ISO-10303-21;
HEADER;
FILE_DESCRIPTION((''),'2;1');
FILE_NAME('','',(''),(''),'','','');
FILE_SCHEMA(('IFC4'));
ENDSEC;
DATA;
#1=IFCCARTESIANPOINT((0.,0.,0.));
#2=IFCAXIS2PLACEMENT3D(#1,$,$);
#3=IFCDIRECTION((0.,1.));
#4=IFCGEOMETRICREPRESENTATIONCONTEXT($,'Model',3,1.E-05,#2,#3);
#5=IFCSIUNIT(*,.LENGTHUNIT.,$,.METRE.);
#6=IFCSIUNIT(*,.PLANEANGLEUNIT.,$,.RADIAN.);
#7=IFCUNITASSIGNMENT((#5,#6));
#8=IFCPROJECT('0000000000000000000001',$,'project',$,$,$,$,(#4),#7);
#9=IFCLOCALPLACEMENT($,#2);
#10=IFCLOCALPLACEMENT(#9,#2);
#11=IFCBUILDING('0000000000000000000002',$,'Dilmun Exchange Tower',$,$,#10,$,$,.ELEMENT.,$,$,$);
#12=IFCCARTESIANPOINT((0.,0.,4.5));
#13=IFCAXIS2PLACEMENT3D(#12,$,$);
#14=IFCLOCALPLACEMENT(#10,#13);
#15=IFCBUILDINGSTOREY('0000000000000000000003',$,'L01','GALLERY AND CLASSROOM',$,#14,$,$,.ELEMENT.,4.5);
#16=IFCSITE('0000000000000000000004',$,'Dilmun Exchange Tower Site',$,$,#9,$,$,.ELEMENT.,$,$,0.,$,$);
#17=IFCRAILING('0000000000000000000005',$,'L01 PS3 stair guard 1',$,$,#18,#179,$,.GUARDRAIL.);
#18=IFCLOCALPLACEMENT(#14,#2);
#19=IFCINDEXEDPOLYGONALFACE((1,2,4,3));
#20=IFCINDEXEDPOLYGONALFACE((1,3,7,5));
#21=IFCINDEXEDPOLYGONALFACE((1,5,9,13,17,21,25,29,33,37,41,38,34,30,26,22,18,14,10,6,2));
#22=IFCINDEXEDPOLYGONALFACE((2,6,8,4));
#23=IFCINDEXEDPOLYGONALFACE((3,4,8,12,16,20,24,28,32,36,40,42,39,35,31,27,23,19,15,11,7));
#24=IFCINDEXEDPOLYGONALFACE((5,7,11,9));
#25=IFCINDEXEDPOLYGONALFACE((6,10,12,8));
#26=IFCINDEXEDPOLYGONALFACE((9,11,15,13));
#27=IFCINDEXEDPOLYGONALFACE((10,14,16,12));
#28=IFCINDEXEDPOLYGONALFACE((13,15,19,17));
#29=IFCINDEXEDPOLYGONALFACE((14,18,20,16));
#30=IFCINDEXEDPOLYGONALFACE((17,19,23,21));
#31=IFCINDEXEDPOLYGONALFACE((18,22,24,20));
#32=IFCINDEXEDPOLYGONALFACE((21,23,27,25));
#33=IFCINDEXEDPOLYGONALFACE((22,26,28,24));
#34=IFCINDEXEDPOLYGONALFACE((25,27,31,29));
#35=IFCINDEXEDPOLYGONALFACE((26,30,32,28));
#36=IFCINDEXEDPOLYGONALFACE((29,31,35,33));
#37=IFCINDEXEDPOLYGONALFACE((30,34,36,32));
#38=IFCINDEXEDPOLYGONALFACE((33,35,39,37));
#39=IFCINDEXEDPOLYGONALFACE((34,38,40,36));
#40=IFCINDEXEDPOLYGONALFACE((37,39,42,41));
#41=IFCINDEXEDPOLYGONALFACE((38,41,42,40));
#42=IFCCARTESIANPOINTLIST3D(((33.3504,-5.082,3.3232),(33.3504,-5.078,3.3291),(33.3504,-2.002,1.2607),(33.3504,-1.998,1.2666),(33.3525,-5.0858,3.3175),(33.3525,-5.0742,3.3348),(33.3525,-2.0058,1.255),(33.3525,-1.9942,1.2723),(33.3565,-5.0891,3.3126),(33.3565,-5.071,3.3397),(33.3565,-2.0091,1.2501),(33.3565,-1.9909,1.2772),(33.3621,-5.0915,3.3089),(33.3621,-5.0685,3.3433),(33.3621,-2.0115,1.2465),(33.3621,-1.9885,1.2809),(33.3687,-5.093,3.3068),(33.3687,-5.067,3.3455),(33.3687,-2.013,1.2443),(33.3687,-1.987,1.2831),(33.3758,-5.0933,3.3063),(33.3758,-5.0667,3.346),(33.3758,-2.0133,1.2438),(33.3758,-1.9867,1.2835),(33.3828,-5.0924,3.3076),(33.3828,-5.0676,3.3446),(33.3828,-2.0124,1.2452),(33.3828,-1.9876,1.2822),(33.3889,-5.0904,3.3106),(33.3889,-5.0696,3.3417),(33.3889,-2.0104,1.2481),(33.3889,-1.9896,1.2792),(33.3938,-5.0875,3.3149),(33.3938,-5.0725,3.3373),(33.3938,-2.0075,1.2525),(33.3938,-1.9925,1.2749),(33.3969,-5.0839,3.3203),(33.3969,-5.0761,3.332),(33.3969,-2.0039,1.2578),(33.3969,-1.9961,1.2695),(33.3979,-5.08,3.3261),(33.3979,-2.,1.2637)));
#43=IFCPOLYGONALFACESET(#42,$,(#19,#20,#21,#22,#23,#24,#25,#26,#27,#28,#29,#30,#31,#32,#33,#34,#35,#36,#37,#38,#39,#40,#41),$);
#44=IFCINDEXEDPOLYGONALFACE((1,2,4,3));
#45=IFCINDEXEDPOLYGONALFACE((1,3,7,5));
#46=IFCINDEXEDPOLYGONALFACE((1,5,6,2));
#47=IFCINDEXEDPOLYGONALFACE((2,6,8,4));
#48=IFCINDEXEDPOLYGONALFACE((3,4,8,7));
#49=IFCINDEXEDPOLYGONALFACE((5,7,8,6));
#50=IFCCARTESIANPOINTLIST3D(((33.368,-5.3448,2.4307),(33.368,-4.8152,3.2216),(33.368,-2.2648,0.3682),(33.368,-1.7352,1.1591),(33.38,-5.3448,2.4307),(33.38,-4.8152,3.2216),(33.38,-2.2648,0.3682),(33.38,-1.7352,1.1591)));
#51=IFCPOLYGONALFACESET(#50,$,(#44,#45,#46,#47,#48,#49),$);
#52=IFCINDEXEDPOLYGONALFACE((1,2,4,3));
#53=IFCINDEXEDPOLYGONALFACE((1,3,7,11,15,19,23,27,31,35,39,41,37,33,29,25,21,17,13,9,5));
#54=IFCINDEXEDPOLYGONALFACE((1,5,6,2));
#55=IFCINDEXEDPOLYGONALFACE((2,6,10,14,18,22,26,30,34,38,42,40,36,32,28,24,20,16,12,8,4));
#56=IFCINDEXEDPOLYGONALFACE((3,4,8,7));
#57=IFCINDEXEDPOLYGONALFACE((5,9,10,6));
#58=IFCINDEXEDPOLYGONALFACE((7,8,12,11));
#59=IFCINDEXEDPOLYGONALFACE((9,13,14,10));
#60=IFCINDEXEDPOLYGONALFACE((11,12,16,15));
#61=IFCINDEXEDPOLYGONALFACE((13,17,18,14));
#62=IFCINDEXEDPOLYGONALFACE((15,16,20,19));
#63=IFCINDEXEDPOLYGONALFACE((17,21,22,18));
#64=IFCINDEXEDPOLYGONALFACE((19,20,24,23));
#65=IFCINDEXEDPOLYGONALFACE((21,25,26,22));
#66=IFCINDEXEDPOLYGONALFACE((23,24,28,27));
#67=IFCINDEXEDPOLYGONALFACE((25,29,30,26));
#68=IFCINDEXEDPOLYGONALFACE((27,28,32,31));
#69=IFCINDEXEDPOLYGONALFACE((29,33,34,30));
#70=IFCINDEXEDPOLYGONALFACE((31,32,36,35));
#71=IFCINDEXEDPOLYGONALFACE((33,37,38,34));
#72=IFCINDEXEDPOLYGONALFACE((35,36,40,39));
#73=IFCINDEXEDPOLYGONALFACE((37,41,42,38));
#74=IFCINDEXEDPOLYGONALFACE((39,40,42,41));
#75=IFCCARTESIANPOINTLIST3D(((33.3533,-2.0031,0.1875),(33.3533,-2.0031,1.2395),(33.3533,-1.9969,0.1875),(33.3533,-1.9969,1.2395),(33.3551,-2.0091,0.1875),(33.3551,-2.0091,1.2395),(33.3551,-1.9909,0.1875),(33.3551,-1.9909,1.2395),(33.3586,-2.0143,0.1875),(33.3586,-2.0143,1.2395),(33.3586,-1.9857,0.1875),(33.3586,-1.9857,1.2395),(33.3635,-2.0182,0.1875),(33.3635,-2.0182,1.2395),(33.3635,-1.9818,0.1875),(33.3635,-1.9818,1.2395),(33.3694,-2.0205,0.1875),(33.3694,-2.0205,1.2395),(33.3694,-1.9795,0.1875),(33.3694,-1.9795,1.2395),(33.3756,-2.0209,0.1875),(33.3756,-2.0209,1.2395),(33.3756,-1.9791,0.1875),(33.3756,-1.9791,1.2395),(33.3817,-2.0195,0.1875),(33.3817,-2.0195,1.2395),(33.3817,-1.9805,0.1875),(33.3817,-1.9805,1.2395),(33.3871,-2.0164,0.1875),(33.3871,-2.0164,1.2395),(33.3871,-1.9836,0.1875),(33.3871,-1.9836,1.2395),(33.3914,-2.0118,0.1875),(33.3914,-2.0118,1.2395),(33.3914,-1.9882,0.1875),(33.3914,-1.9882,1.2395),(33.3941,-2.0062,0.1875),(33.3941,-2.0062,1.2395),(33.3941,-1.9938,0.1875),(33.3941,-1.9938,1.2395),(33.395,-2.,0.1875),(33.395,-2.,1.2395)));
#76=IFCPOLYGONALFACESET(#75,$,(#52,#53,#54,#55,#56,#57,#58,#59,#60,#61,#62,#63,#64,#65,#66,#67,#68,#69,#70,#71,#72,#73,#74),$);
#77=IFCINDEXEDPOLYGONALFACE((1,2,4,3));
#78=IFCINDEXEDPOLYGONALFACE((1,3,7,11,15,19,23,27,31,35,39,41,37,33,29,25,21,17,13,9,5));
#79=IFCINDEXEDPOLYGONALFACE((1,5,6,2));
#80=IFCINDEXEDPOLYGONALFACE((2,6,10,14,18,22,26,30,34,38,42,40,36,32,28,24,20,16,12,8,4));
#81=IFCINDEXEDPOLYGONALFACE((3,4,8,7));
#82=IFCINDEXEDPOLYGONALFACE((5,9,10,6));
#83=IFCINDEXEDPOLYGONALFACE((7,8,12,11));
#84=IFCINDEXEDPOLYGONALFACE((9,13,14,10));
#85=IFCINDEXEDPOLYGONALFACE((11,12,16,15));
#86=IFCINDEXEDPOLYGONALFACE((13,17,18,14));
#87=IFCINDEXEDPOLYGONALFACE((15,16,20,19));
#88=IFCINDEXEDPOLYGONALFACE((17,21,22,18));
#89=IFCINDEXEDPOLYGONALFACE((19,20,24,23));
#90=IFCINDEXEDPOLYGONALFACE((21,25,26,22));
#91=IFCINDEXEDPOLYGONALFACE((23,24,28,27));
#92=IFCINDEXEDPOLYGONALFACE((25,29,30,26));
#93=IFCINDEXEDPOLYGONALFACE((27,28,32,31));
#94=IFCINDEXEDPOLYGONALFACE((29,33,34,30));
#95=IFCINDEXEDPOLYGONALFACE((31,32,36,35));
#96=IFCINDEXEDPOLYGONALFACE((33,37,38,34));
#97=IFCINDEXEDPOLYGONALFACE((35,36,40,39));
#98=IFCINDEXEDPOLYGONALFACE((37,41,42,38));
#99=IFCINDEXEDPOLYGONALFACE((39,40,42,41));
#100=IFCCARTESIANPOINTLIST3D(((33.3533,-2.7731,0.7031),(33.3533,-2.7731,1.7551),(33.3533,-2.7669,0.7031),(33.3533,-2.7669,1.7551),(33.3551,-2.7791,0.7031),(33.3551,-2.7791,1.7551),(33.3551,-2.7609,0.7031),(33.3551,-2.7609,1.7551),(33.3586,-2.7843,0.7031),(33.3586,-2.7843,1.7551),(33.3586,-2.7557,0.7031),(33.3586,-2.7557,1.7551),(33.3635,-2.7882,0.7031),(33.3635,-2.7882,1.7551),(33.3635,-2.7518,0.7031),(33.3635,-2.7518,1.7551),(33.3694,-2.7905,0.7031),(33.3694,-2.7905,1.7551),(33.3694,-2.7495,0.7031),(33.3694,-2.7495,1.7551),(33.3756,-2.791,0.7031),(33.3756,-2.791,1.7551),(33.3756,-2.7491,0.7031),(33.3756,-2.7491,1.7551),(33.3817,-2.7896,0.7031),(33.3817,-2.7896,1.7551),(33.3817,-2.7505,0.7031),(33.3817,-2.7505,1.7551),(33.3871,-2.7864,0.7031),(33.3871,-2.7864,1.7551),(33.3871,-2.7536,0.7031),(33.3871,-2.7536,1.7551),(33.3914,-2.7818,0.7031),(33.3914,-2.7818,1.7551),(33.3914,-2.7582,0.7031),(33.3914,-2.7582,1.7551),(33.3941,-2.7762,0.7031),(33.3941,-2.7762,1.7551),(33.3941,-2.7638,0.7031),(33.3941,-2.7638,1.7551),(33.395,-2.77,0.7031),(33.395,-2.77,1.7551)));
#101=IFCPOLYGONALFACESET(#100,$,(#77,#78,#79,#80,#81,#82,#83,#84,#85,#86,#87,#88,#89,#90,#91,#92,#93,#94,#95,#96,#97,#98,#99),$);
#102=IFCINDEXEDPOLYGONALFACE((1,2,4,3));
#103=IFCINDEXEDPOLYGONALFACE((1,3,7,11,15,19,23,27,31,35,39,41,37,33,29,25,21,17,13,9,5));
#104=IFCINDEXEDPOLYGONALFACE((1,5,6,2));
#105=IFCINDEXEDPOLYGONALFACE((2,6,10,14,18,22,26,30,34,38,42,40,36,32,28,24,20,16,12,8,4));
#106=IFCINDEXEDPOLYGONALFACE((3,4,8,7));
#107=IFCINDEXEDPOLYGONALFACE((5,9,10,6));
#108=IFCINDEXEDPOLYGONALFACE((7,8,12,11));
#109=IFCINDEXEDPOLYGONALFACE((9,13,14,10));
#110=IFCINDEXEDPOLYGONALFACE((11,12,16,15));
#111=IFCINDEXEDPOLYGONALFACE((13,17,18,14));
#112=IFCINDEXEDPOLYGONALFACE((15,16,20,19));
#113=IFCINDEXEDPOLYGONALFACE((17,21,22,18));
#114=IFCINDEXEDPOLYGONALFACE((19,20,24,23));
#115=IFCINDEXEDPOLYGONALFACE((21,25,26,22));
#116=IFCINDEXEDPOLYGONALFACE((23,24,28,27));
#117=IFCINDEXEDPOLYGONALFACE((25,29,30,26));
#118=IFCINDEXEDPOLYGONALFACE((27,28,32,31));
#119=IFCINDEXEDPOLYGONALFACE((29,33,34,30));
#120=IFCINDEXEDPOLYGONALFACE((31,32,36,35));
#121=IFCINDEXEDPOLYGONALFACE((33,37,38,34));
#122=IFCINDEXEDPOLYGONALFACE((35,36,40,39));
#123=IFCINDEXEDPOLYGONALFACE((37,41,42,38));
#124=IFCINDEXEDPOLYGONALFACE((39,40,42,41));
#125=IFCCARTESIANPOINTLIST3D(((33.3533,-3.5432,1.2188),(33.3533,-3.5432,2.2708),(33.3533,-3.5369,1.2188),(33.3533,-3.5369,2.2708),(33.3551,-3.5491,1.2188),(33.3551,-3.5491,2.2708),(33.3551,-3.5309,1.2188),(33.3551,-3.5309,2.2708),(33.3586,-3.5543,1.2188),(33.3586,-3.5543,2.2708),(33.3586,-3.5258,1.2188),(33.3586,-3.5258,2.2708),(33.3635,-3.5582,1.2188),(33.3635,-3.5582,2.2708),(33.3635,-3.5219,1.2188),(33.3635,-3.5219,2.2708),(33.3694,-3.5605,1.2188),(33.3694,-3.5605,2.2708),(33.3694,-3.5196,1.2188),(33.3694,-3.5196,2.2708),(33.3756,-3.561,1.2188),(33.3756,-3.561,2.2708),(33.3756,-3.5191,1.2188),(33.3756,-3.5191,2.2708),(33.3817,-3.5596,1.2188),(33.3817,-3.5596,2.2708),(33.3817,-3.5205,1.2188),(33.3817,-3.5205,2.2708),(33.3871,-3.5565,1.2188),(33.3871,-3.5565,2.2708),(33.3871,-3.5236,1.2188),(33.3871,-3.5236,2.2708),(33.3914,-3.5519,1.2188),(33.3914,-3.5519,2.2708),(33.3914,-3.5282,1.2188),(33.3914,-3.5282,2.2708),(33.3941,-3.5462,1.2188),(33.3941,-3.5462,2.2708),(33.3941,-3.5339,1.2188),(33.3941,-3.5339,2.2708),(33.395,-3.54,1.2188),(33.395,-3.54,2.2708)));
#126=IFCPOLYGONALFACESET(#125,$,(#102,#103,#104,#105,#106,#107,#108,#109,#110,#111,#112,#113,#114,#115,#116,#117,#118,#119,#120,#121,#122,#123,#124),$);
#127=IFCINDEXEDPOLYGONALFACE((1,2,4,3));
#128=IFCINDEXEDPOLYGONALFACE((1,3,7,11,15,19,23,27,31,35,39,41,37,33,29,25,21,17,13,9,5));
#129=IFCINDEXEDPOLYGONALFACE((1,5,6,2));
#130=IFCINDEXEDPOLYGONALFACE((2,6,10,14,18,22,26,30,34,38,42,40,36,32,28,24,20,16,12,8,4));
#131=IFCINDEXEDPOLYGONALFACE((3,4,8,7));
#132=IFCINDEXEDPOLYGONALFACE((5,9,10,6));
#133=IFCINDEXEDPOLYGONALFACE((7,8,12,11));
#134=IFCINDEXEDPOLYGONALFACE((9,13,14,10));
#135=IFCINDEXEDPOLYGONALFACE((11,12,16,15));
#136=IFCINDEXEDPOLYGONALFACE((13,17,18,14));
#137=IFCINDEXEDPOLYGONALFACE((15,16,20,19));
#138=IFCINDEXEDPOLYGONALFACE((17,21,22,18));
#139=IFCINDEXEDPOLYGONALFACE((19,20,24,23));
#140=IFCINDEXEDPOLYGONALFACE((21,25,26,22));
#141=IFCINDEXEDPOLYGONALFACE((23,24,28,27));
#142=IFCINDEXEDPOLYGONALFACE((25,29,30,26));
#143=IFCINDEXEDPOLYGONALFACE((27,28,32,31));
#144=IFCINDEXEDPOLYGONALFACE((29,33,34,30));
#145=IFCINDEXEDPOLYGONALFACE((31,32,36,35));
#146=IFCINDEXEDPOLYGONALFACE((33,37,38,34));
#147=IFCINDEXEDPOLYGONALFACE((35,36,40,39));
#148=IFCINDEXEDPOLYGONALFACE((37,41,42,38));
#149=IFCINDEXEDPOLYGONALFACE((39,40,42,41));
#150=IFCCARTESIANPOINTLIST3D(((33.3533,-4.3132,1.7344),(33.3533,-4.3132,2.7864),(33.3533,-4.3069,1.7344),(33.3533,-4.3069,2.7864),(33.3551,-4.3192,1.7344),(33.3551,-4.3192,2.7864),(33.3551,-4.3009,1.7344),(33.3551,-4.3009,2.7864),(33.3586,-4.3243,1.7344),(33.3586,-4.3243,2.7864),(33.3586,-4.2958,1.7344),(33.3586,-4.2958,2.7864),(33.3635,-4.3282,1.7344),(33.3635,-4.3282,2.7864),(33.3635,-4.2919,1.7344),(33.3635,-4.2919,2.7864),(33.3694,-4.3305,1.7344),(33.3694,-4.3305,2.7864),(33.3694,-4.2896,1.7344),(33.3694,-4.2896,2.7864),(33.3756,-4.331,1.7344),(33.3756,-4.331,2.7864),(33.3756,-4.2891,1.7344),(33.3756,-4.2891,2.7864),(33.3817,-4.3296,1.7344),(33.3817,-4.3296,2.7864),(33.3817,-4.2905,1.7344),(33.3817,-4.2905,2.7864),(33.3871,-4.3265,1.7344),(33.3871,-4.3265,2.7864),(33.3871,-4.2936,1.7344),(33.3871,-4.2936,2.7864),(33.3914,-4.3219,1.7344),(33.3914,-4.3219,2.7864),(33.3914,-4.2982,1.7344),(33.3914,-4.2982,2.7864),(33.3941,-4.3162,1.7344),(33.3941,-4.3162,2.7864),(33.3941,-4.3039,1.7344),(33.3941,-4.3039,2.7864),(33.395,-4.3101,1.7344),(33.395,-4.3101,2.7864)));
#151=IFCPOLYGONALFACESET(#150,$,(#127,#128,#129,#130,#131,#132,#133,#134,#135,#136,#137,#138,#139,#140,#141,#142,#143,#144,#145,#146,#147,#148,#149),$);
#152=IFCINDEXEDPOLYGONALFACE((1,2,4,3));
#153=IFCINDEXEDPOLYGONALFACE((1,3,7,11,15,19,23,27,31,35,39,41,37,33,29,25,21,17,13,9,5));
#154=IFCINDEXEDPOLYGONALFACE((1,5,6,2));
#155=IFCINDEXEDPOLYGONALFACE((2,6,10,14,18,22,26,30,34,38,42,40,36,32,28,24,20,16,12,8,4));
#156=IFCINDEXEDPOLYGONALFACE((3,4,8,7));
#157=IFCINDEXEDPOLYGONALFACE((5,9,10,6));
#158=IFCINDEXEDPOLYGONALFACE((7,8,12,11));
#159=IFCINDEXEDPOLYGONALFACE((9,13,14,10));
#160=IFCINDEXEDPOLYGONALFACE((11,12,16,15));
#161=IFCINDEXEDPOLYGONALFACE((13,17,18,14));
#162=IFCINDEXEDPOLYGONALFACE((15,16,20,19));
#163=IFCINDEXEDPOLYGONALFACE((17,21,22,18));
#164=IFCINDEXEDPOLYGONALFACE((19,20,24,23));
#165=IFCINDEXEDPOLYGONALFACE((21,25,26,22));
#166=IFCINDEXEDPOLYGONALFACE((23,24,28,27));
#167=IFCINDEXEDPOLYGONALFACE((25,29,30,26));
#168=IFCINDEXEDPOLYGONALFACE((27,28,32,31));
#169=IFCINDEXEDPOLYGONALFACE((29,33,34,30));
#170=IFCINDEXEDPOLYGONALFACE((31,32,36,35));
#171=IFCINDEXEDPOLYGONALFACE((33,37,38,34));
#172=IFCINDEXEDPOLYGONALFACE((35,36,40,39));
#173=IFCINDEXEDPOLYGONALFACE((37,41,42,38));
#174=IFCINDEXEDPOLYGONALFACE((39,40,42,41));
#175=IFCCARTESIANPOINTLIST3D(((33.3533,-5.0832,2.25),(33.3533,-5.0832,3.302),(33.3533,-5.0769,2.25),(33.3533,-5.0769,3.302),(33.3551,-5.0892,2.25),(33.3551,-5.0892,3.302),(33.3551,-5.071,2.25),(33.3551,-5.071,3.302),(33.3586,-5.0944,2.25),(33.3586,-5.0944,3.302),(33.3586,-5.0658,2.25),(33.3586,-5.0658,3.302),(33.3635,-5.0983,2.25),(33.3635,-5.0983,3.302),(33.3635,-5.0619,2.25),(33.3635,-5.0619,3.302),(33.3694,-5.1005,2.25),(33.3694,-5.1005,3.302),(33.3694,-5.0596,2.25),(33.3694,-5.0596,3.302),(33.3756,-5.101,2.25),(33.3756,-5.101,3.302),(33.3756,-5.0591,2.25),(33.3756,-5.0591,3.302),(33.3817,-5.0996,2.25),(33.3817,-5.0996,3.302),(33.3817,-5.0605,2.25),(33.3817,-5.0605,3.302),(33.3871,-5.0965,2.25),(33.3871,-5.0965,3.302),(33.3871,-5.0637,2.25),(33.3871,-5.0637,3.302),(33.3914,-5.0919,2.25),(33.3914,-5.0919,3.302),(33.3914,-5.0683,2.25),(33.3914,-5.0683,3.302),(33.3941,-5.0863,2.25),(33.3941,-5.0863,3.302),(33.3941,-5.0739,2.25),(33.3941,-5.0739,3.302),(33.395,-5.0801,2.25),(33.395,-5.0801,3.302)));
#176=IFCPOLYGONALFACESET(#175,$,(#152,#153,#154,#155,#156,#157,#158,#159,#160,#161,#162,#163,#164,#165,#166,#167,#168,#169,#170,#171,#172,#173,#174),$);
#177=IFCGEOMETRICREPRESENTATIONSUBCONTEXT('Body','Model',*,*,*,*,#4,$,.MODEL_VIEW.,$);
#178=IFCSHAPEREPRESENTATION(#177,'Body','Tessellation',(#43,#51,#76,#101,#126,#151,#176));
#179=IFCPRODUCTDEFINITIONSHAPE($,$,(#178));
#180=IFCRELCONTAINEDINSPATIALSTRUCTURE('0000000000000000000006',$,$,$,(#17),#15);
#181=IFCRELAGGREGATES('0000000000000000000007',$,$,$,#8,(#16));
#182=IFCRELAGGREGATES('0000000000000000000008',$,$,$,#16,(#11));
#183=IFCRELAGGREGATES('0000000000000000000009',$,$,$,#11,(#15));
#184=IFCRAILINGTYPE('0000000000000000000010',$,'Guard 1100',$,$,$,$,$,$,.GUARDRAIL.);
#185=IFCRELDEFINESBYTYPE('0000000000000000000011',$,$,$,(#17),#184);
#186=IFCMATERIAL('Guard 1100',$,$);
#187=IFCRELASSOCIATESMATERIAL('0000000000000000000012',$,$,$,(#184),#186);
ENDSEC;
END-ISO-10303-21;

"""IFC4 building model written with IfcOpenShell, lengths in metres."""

from ifc_helpers import new_model, si_unit, direction, frame, origin, origin_2d, place, context, subcontext, project, spatial, rectangle, circle, extrude, material, type_object, element, save


model = new_model("IFC4")

# Units and contexts
model_context = context("Model", 3, precision=1e-05, world=origin(), true_north=direction((0.0, 1.0)))
body_context = subcontext(model_context, "Body", "Model", "MODEL_VIEW")
ifc_project = project(units=[si_unit("LENGTHUNIT", "METRE"), si_unit("PLANEANGLEUNIT", "RADIAN")], contexts=[model_context])

# Site, building, storey
site_placement = place(None, origin())
site = spatial("IfcSite", under=ifc_project, at=site_placement, Name="Dilmun Exchange Tower Site", CompositionType="ELEMENT", RefElevation=0.0)
building_placement = place(site_placement, origin())
building = spatial("IfcBuilding", under=site, at=building_placement, Name="Dilmun Exchange Tower", CompositionType="ELEMENT")
storey_placement = place(building_placement, frame((0.0, 0.0, 4.5)))
storey = spatial("IfcBuildingStorey", under=building, at=storey_placement, Name="L01", Description="GALLERY AND CLASSROOM", CompositionType="ELEMENT", Elevation=4.5)

# Railing
ifc_material_1 = material(Name="Guard 1100")
railing_type_1 = type_object("IfcRailingType", Name="Guard 1100", PredefinedType="GUARDRAIL", material=ifc_material_1)
railing_1_placement = place(storey_placement, frame((33.374, -2.0, 0.1875)))
element("IfcRailing", 1, at=railing_1_placement, inside=storey, type_object=railing_type_1, Name="L01 PS3 stair guard 1", PredefinedType="GUARDRAIL", context=body_context, shape_type="SweptSolid", body=[
    extrude(circle(Radius=0.0239, at=origin_2d()), frame((0.0, 0.0, 1.0762), z_axis=(0.0, -0.830914, 0.556401), x_axis=(1.0, 0.0, 0.0)), (0.0, 0.0, 1.0), 3.7068),
    extrude(rectangle(XDim=0.012, YDim=0.9519, at=origin_2d()), frame((0.0, 0.0, 0.5762), z_axis=(0.0, -0.830914, 0.556401), x_axis=(1.0, 0.0, 0.0)), (0.0, 0.0, 1.0), 3.7068),
    extrude(circle(Radius=0.021, at=origin_2d()), origin(), (0.0, 0.0, 1.0), 1.052),
    extrude(circle(Radius=0.021, at=origin_2d()), frame((0.0, -0.77, 0.5156)), (0.0, 0.0, 1.0), 1.052),
    extrude(circle(Radius=0.021, at=origin_2d()), frame((0.0, -1.54, 1.0312)), (0.0, 0.0, 1.0), 1.052),
    extrude(circle(Radius=0.021, at=origin_2d()), frame((0.0, -2.3101, 1.5469)), (0.0, 0.0, 1.0), 1.052),
    extrude(circle(Radius=0.021, at=origin_2d()), frame((0.0, -3.0801, 2.0625)), (0.0, 0.0, 1.0), 1.052),
])

save(model, "model.ifc")
